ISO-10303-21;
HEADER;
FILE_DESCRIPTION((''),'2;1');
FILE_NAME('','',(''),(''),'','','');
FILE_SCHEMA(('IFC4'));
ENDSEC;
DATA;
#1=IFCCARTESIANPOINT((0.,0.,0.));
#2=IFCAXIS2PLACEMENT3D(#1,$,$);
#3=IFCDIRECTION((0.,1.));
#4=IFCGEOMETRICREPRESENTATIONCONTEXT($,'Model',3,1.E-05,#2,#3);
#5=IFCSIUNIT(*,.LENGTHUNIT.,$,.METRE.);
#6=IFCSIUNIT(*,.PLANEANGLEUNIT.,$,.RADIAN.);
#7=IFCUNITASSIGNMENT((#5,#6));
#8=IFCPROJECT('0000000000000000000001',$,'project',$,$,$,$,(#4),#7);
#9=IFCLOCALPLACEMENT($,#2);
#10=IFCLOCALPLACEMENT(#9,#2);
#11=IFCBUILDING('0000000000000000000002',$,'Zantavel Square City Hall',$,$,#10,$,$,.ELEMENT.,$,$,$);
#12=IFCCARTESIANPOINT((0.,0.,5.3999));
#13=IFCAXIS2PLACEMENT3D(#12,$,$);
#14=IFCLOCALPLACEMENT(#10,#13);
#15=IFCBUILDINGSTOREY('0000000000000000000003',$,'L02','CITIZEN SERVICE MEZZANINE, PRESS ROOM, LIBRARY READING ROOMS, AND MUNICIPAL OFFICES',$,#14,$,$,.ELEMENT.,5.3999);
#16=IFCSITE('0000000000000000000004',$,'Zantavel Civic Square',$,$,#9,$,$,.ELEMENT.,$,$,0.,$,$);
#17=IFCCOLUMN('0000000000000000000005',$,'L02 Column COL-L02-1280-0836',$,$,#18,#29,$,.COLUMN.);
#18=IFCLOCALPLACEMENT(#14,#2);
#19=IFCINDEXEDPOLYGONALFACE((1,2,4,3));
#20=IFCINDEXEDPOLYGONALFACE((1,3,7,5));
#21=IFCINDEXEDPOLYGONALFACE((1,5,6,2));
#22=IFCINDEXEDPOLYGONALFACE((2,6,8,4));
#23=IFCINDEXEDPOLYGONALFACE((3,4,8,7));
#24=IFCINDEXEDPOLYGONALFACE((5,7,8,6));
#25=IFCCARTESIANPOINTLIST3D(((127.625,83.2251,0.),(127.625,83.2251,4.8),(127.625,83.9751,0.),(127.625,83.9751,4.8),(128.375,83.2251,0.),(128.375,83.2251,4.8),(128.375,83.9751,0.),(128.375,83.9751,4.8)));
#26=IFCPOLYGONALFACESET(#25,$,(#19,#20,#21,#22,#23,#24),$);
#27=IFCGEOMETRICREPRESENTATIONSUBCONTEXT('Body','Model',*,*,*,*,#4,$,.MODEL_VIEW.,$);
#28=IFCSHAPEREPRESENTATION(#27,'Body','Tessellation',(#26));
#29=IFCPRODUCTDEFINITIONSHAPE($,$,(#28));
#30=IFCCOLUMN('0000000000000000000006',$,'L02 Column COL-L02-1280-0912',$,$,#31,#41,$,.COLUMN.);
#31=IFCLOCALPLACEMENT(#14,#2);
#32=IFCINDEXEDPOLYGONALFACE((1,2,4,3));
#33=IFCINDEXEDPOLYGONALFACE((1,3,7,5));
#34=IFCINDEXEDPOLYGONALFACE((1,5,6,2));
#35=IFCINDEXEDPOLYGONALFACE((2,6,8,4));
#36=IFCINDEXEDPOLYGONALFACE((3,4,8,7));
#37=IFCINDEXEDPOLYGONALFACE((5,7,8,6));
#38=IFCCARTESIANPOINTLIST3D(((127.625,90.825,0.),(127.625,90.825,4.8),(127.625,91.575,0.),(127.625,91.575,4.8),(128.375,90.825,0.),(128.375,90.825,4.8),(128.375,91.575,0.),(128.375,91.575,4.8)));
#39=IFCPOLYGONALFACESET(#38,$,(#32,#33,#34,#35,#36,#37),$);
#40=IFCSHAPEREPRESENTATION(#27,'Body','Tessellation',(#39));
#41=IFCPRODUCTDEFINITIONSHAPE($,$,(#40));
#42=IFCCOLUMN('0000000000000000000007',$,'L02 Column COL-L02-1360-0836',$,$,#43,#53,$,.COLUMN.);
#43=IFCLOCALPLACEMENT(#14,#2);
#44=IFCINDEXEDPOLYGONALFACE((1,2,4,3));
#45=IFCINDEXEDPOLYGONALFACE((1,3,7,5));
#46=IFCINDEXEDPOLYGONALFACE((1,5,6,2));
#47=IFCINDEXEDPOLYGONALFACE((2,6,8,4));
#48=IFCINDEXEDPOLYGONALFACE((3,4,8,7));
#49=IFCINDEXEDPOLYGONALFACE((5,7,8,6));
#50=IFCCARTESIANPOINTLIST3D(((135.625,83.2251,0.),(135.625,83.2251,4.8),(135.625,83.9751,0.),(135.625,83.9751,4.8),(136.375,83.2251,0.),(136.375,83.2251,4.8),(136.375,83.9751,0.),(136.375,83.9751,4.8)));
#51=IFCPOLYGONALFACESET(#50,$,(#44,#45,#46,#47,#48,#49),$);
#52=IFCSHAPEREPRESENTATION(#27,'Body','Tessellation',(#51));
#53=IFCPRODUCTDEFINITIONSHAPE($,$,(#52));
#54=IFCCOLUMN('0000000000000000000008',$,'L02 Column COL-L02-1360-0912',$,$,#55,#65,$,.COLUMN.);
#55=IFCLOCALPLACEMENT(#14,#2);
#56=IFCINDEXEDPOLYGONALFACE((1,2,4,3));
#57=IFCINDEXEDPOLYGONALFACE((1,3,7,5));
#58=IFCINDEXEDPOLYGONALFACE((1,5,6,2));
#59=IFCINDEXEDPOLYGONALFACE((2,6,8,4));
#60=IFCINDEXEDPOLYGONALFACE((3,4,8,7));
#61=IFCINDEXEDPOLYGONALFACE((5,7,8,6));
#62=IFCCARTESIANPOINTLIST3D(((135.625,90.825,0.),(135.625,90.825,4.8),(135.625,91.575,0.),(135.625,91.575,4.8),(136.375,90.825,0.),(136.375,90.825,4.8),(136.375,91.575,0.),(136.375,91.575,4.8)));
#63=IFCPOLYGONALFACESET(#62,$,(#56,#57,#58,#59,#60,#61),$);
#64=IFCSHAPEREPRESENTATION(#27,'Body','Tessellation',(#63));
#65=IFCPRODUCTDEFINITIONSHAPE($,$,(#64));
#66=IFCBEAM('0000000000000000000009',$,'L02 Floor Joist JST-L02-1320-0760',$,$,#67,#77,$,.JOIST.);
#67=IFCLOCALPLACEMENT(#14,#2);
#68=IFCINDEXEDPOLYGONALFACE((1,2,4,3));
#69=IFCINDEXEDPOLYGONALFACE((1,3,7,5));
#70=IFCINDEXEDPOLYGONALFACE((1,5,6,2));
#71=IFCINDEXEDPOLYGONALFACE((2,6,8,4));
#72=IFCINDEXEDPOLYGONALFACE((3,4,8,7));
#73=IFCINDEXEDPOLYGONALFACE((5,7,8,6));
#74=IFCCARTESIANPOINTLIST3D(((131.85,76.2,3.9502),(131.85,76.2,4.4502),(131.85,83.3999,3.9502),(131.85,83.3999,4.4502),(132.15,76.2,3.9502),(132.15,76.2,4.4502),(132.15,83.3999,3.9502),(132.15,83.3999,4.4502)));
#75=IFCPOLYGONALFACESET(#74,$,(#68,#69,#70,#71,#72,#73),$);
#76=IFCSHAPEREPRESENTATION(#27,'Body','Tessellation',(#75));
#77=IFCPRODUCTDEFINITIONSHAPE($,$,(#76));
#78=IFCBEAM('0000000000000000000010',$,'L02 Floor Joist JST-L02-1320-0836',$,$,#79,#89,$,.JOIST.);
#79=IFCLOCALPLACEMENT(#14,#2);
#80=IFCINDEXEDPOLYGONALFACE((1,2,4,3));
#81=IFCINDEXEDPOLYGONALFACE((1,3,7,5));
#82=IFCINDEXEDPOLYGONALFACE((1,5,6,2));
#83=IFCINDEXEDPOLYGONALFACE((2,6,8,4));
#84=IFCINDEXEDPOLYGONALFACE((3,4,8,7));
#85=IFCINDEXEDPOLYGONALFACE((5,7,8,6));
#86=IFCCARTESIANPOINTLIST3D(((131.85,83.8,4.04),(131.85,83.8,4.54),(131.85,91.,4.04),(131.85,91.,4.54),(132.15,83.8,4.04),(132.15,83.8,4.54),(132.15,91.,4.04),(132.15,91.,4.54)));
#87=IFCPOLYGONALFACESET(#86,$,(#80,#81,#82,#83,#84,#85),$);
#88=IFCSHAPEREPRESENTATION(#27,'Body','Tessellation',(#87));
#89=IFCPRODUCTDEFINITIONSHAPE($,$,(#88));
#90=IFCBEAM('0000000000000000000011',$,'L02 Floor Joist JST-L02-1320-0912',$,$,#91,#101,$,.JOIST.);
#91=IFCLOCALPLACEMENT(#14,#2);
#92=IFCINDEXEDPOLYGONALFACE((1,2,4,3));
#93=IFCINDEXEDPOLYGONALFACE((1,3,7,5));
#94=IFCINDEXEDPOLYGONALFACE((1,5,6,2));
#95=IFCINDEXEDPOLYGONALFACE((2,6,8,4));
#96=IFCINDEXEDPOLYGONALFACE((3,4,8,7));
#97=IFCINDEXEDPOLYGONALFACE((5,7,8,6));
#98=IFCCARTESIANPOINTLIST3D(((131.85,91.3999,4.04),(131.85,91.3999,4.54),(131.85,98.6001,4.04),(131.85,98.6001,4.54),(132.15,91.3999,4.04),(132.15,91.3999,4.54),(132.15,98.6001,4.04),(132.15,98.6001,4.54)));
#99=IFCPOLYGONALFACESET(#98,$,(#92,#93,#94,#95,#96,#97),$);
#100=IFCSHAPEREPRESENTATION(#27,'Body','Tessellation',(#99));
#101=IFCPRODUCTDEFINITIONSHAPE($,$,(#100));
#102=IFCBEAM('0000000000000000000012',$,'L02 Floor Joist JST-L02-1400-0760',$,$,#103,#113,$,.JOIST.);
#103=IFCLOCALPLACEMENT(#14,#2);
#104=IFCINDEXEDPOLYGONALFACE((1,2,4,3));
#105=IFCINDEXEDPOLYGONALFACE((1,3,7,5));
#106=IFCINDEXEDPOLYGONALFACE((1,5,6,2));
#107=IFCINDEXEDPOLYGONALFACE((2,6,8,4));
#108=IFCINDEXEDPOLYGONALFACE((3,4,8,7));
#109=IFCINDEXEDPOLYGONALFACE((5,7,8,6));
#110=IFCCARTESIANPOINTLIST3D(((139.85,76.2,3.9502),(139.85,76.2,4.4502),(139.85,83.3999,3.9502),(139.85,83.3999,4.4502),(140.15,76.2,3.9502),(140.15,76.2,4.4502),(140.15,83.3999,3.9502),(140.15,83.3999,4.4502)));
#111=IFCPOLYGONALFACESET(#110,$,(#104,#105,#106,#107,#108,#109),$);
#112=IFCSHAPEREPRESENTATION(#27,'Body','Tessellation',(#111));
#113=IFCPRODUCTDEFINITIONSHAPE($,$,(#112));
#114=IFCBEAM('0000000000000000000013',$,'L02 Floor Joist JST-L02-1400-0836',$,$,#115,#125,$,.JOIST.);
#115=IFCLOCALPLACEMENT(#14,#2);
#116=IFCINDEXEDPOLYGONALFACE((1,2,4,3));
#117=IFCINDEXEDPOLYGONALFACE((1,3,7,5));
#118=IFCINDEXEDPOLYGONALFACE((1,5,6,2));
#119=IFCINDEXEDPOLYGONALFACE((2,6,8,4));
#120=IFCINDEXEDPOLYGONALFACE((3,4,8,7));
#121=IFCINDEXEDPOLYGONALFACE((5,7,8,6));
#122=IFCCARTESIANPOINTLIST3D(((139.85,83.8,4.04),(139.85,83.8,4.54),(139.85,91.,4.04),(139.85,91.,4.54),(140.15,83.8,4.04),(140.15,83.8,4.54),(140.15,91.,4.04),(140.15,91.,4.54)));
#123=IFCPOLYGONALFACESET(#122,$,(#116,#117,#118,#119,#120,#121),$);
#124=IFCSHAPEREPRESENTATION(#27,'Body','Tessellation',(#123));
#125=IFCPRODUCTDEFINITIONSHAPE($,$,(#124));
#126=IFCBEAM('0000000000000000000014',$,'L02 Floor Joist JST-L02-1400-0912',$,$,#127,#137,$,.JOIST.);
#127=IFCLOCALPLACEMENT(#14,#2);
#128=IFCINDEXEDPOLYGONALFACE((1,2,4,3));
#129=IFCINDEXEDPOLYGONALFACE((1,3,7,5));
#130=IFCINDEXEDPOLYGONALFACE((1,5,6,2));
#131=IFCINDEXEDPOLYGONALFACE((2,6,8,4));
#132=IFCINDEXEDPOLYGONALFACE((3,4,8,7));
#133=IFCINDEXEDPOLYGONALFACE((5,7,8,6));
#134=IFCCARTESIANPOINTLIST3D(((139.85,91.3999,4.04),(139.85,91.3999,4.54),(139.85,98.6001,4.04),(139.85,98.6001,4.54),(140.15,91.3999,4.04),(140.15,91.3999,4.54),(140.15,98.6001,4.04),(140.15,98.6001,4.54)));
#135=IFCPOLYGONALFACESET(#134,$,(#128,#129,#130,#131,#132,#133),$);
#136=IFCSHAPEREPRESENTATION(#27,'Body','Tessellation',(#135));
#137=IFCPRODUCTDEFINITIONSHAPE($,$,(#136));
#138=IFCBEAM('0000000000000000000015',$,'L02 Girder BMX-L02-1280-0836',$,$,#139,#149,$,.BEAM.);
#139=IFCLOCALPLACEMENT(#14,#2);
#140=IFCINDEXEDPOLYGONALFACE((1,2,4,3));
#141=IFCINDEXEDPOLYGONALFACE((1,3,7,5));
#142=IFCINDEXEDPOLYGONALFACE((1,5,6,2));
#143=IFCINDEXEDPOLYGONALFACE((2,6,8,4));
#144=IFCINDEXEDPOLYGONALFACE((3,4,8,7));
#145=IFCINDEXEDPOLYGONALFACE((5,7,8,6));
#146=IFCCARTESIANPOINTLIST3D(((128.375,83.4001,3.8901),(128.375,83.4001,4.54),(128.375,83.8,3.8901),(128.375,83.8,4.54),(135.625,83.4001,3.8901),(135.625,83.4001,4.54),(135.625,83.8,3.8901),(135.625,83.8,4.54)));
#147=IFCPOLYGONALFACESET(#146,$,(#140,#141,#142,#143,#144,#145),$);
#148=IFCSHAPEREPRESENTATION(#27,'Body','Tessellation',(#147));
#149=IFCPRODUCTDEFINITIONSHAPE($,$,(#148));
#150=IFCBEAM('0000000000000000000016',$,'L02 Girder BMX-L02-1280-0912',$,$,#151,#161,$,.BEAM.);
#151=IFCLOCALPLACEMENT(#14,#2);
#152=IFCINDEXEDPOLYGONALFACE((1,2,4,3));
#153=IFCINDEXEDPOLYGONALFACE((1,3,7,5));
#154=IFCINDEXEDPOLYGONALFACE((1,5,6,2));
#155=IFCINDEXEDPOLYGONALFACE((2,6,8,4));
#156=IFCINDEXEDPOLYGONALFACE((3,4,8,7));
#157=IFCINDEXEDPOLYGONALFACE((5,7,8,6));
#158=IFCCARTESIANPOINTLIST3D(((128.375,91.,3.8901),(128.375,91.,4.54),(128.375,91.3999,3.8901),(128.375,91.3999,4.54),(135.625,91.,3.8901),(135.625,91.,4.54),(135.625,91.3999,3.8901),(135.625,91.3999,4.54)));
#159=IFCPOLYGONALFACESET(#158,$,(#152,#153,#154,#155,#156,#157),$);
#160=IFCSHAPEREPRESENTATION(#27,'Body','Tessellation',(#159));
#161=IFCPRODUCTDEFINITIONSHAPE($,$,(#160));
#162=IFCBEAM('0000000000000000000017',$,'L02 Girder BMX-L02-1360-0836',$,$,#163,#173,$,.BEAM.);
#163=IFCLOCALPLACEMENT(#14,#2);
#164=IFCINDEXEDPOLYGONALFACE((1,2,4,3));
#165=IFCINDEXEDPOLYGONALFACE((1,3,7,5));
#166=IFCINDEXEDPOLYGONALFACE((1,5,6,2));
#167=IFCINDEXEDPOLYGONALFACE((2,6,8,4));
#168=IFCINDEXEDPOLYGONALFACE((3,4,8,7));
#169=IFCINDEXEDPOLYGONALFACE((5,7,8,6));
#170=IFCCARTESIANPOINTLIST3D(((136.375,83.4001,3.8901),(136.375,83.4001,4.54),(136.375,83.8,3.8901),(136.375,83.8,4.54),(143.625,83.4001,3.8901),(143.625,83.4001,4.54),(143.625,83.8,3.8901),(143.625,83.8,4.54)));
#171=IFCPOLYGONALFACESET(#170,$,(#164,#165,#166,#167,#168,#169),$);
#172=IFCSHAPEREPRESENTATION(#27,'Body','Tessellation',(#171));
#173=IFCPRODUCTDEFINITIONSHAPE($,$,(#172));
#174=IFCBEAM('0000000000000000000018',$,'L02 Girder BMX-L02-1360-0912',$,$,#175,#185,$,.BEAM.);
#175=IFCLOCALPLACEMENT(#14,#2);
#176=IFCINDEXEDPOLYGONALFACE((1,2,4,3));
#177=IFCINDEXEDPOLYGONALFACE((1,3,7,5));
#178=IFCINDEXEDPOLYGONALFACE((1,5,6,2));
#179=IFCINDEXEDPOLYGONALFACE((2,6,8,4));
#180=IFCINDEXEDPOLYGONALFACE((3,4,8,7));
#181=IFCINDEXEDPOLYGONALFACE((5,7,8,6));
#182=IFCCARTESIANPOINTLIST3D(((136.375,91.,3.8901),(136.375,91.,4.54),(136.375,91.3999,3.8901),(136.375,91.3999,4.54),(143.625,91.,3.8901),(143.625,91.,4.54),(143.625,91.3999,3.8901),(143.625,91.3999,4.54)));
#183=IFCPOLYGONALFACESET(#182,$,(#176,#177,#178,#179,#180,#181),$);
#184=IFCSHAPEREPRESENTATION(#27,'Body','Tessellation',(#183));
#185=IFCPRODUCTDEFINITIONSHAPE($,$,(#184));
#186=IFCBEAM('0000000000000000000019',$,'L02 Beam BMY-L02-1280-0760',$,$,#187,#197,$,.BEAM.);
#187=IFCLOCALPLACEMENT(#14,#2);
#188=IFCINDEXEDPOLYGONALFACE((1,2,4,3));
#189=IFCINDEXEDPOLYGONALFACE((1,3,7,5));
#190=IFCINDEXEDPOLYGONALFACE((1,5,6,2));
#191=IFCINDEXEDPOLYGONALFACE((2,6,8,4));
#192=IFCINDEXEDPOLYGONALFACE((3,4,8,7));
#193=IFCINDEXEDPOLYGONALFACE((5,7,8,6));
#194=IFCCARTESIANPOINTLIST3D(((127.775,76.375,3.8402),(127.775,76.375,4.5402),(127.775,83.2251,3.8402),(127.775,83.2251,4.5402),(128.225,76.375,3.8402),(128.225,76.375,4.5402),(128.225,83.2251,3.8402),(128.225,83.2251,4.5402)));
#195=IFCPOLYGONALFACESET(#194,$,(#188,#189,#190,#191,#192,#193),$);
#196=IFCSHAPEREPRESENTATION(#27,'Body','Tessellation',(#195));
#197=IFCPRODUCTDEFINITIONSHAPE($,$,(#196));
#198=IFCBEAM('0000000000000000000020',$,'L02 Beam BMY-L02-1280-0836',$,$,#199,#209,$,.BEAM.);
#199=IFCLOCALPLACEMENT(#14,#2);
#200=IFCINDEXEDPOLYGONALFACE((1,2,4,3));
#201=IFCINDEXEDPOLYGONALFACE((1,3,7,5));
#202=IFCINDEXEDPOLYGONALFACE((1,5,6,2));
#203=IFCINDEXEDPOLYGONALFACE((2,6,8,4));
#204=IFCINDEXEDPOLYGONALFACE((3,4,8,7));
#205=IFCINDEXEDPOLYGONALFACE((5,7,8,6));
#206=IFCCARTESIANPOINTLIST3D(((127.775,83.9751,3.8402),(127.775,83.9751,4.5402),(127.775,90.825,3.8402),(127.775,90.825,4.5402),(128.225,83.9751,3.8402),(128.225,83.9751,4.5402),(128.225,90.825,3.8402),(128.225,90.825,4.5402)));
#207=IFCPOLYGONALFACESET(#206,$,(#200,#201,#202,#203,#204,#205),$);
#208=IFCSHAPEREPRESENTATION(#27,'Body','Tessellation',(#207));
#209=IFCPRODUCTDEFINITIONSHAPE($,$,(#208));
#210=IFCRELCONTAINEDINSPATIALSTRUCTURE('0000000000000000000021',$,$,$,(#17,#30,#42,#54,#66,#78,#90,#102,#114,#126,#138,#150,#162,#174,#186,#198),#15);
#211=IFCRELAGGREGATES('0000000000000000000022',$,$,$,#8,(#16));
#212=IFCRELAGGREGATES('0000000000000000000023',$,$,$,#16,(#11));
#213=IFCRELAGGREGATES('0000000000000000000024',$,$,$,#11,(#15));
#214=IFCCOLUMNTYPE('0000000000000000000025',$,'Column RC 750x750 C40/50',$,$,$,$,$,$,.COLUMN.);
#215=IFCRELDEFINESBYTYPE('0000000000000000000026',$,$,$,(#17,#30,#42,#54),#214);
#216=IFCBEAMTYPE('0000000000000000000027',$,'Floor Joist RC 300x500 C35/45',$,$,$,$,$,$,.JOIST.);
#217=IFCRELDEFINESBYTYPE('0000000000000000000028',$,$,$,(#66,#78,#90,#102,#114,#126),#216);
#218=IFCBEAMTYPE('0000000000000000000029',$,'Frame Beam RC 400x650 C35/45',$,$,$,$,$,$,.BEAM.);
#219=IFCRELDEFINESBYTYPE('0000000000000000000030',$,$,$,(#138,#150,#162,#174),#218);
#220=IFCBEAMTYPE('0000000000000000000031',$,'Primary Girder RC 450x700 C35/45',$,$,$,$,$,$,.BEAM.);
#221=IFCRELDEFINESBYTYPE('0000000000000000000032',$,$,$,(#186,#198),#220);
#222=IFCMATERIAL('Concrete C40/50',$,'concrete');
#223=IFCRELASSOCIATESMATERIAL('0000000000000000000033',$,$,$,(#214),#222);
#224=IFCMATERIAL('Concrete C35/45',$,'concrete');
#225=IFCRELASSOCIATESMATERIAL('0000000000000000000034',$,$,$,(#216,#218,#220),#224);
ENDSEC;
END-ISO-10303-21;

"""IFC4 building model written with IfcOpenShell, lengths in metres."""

from ifc_helpers import new_model, si_unit, direction, frame, origin, origin_2d, place, context, subcontext, project, spatial, rectangle, extrude, material, material_profile, profile_set, type_object, element, save


model = new_model("IFC4")

# Units and contexts
model_context = context("Model", 3, precision=1e-05, world=origin(), true_north=direction((0.0, 1.0)))
body_context = subcontext(model_context, "Body", "Model", "MODEL_VIEW")
ifc_project = project(units=[si_unit("LENGTHUNIT", "METRE"), si_unit("PLANEANGLEUNIT", "RADIAN")], contexts=[model_context])

# Site, building, storey
site_placement = place(None, origin())
site = spatial("IfcSite", under=ifc_project, at=site_placement, Name="Zantavel Civic Square", CompositionType="ELEMENT", RefElevation=0.0)
building_placement = place(site_placement, origin())
building = spatial("IfcBuilding", under=site, at=building_placement, Name="Zantavel Square City Hall", CompositionType="ELEMENT")
storey_placement = place(building_placement, frame((0.0, 0.0, 5.3999)))
storey = spatial("IfcBuildingStorey", under=building, at=storey_placement, Name="L02", Description="CITIZEN SERVICE MEZZANINE, PRESS ROOM, LIBRARY READING ROOMS, AND MUNICIPAL OFFICES", CompositionType="ELEMENT", Elevation=5.3999)

# Columns
ifc_material_1 = material(Name="Concrete C40/50", Category="concrete")
ifc_material_profile_1 = material_profile(ifc_material_1, rectangle(XDim=0.75, YDim=0.75, at=origin_2d()), Name="RC 750x750")
ifc_profile_set_1 = profile_set([ifc_material_profile_1], Name="Concrete C40/50")
column_type = type_object("IfcColumnType", Name="Column RC 750x750 C40/50", PredefinedType="COLUMN", material=ifc_profile_set_1)
for number, where, z_axis, x_axis, name in (
    (1, (128.0, 83.6001, 0.0), (0.0, 0.0, 1.0), (1.0, 0.0, 0.0), "L02 Column COL-L02-1280-0836"),
    (2, (128.0, 91.2, 0.0), (0.0, 0.0, 1.0), (1.0, 0.0, 0.0), "L02 Column COL-L02-1280-0912"),
    (3, (136.0, 83.6001, 0.0), (0.0, 0.0, 1.0), (1.0, 0.0, 0.0), "L02 Column COL-L02-1360-0836"),
    (4, (136.0, 91.2, 0.0), (0.0, 0.0, 1.0), (1.0, 0.0, 0.0), "L02 Column COL-L02-1360-0912"),
):
    element("IfcColumn", number, at=place(storey_placement, frame(where, z_axis=z_axis, x_axis=x_axis)), inside=storey, type_object=column_type, Name=name, PredefinedType="COLUMN", context=body_context, shape_type="SweptSolid", body=[
        extrude(rectangle(XDim=0.75, YDim=0.75, at=origin_2d()), origin(), (0.0, 0.0, 1.0), 4.8),
    ])

# Beams
ifc_material_2 = material(Name="Concrete C35/45", Category="concrete")
ifc_material_profile_2 = material_profile(ifc_material_2, rectangle(XDim=0.3, YDim=0.5, at=origin_2d()), Name="RC 300x500")
ifc_profile_set_2 = profile_set([ifc_material_profile_2], Name="Concrete C35/45")
beam_type_1 = type_object("IfcBeamType", Name="Floor Joist RC 300x500 C35/45", PredefinedType="JOIST", material=ifc_profile_set_2)
for number, where, z_axis, x_axis, name in (
    (5, (132.0, 76.2, 4.2002), (0.0, 1.0, 0.0), (-1.0, 0.0, 0.0), "L02 Floor Joist JST-L02-1320-0760"),
    (6, (132.0, 83.8, 4.29), (0.0, 1.0, 0.0), (-1.0, 0.0, 0.0), "L02 Floor Joist JST-L02-1320-0836"),
):
    element("IfcBeam", number, at=place(storey_placement, frame(where, z_axis=z_axis, x_axis=x_axis)), inside=storey, type_object=beam_type_1, Name=name, PredefinedType="JOIST", context=body_context, shape_type="SweptSolid", body=[
        extrude(rectangle(XDim=0.3, YDim=0.5, at=origin_2d()), origin(), (0.0, 0.0, 1.0), 7.2),
    ])
beam_1_placement = place(storey_placement, frame((132.0, 91.3999, 4.29), z_axis=(0.0, 1.0, 0.0), x_axis=(-1.0, 0.0, 0.0)))
element("IfcBeam", 7, at=beam_1_placement, inside=storey, type_object=beam_type_1, Name="L02 Floor Joist JST-L02-1320-0912", PredefinedType="JOIST", context=body_context, shape_type="SweptSolid", body=[
    extrude(rectangle(XDim=0.3, YDim=0.5, at=origin_2d()), origin(), (0.0, 0.0, 1.0), 7.2002),
])
for number, where, z_axis, x_axis, name in (
    (8, (140.0, 76.2, 4.2002), (0.0, 1.0, 0.0), (-1.0, 0.0, 0.0), "L02 Floor Joist JST-L02-1400-0760"),
    (9, (140.0, 83.8, 4.29), (0.0, 1.0, 0.0), (-1.0, 0.0, 0.0), "L02 Floor Joist JST-L02-1400-0836"),
):
    element("IfcBeam", number, at=place(storey_placement, frame(where, z_axis=z_axis, x_axis=x_axis)), inside=storey, type_object=beam_type_1, Name=name, PredefinedType="JOIST", context=body_context, shape_type="SweptSolid", body=[
        extrude(rectangle(XDim=0.3, YDim=0.5, at=origin_2d()), origin(), (0.0, 0.0, 1.0), 7.2),
    ])
beam_2_placement = place(storey_placement, frame((140.0, 91.3999, 4.29), z_axis=(0.0, 1.0, 0.0), x_axis=(-1.0, 0.0, 0.0)))
element("IfcBeam", 10, at=beam_2_placement, inside=storey, type_object=beam_type_1, Name="L02 Floor Joist JST-L02-1400-0912", PredefinedType="JOIST", context=body_context, shape_type="SweptSolid", body=[
    extrude(rectangle(XDim=0.3, YDim=0.5, at=origin_2d()), origin(), (0.0, 0.0, 1.0), 7.2002),
])
ifc_material_profile_3 = material_profile(ifc_material_2, rectangle(XDim=0.3999, YDim=0.6499, at=origin_2d()), Name="RC 400x650")
ifc_profile_set_3 = profile_set([ifc_material_profile_3], Name="Concrete C35/45")
beam_type_2 = type_object("IfcBeamType", Name="Frame Beam RC 400x650 C35/45", PredefinedType="BEAM", material=ifc_profile_set_3)
for number, where, z_axis, x_axis, name in (
    (11, (128.375, 83.6001, 4.2151), (1.0, 0.0, 0.0), (0.0, 1.0, 0.0), "L02 Girder BMX-L02-1280-0836"),
    (12, (128.375, 91.2, 4.2151), (1.0, 0.0, 0.0), (0.0, 1.0, 0.0), "L02 Girder BMX-L02-1280-0912"),
    (13, (136.375, 83.6001, 4.2151), (1.0, 0.0, 0.0), (0.0, 1.0, 0.0), "L02 Girder BMX-L02-1360-0836"),
    (14, (136.375, 91.2, 4.2151), (1.0, 0.0, 0.0), (0.0, 1.0, 0.0), "L02 Girder BMX-L02-1360-0912"),
):
    element("IfcBeam", number, at=place(storey_placement, frame(where, z_axis=z_axis, x_axis=x_axis)), inside=storey, type_object=beam_type_2, Name=name, PredefinedType="BEAM", context=body_context, shape_type="SweptSolid", body=[
        extrude(rectangle(XDim=0.3999, YDim=0.6499, at=origin_2d()), origin(), (0.0, 0.0, 1.0), 7.25),
    ])
ifc_material_profile_4 = material_profile(ifc_material_2, rectangle(XDim=0.45, YDim=0.7, at=origin_2d()), Name="RC 450x700")
ifc_profile_set_4 = profile_set([ifc_material_profile_4], Name="Concrete C35/45")
beam_type_3 = type_object("IfcBeamType", Name="Primary Girder RC 450x700 C35/45", PredefinedType="BEAM", material=ifc_profile_set_4)
beam_3_placement = place(storey_placement, frame((128.0, 76.375, 4.1902), z_axis=(0.0, 1.0, 0.0), x_axis=(-1.0, 0.0, 0.0)))
element("IfcBeam", 15, at=beam_3_placement, inside=storey, type_object=beam_type_3, Name="L02 Beam BMY-L02-1280-0760", PredefinedType="BEAM", context=body_context, shape_type="SweptSolid", body=[
    extrude(rectangle(XDim=0.45, YDim=0.7, at=origin_2d()), origin(), (0.0, 0.0, 1.0), 6.8501),
])
beam_4_placement = place(storey_placement, frame((128.0, 83.9751, 4.1902), z_axis=(0.0, 1.0, 0.0), x_axis=(-1.0, 0.0, 0.0)))
element("IfcBeam", 16, at=beam_4_placement, inside=storey, type_object=beam_type_3, Name="L02 Beam BMY-L02-1280-0836", PredefinedType="BEAM", context=body_context, shape_type="SweptSolid", body=[
    extrude(rectangle(XDim=0.45, YDim=0.7, at=origin_2d()), origin(), (0.0, 0.0, 1.0), 6.8499),
])

save(model, "model.ifc")
